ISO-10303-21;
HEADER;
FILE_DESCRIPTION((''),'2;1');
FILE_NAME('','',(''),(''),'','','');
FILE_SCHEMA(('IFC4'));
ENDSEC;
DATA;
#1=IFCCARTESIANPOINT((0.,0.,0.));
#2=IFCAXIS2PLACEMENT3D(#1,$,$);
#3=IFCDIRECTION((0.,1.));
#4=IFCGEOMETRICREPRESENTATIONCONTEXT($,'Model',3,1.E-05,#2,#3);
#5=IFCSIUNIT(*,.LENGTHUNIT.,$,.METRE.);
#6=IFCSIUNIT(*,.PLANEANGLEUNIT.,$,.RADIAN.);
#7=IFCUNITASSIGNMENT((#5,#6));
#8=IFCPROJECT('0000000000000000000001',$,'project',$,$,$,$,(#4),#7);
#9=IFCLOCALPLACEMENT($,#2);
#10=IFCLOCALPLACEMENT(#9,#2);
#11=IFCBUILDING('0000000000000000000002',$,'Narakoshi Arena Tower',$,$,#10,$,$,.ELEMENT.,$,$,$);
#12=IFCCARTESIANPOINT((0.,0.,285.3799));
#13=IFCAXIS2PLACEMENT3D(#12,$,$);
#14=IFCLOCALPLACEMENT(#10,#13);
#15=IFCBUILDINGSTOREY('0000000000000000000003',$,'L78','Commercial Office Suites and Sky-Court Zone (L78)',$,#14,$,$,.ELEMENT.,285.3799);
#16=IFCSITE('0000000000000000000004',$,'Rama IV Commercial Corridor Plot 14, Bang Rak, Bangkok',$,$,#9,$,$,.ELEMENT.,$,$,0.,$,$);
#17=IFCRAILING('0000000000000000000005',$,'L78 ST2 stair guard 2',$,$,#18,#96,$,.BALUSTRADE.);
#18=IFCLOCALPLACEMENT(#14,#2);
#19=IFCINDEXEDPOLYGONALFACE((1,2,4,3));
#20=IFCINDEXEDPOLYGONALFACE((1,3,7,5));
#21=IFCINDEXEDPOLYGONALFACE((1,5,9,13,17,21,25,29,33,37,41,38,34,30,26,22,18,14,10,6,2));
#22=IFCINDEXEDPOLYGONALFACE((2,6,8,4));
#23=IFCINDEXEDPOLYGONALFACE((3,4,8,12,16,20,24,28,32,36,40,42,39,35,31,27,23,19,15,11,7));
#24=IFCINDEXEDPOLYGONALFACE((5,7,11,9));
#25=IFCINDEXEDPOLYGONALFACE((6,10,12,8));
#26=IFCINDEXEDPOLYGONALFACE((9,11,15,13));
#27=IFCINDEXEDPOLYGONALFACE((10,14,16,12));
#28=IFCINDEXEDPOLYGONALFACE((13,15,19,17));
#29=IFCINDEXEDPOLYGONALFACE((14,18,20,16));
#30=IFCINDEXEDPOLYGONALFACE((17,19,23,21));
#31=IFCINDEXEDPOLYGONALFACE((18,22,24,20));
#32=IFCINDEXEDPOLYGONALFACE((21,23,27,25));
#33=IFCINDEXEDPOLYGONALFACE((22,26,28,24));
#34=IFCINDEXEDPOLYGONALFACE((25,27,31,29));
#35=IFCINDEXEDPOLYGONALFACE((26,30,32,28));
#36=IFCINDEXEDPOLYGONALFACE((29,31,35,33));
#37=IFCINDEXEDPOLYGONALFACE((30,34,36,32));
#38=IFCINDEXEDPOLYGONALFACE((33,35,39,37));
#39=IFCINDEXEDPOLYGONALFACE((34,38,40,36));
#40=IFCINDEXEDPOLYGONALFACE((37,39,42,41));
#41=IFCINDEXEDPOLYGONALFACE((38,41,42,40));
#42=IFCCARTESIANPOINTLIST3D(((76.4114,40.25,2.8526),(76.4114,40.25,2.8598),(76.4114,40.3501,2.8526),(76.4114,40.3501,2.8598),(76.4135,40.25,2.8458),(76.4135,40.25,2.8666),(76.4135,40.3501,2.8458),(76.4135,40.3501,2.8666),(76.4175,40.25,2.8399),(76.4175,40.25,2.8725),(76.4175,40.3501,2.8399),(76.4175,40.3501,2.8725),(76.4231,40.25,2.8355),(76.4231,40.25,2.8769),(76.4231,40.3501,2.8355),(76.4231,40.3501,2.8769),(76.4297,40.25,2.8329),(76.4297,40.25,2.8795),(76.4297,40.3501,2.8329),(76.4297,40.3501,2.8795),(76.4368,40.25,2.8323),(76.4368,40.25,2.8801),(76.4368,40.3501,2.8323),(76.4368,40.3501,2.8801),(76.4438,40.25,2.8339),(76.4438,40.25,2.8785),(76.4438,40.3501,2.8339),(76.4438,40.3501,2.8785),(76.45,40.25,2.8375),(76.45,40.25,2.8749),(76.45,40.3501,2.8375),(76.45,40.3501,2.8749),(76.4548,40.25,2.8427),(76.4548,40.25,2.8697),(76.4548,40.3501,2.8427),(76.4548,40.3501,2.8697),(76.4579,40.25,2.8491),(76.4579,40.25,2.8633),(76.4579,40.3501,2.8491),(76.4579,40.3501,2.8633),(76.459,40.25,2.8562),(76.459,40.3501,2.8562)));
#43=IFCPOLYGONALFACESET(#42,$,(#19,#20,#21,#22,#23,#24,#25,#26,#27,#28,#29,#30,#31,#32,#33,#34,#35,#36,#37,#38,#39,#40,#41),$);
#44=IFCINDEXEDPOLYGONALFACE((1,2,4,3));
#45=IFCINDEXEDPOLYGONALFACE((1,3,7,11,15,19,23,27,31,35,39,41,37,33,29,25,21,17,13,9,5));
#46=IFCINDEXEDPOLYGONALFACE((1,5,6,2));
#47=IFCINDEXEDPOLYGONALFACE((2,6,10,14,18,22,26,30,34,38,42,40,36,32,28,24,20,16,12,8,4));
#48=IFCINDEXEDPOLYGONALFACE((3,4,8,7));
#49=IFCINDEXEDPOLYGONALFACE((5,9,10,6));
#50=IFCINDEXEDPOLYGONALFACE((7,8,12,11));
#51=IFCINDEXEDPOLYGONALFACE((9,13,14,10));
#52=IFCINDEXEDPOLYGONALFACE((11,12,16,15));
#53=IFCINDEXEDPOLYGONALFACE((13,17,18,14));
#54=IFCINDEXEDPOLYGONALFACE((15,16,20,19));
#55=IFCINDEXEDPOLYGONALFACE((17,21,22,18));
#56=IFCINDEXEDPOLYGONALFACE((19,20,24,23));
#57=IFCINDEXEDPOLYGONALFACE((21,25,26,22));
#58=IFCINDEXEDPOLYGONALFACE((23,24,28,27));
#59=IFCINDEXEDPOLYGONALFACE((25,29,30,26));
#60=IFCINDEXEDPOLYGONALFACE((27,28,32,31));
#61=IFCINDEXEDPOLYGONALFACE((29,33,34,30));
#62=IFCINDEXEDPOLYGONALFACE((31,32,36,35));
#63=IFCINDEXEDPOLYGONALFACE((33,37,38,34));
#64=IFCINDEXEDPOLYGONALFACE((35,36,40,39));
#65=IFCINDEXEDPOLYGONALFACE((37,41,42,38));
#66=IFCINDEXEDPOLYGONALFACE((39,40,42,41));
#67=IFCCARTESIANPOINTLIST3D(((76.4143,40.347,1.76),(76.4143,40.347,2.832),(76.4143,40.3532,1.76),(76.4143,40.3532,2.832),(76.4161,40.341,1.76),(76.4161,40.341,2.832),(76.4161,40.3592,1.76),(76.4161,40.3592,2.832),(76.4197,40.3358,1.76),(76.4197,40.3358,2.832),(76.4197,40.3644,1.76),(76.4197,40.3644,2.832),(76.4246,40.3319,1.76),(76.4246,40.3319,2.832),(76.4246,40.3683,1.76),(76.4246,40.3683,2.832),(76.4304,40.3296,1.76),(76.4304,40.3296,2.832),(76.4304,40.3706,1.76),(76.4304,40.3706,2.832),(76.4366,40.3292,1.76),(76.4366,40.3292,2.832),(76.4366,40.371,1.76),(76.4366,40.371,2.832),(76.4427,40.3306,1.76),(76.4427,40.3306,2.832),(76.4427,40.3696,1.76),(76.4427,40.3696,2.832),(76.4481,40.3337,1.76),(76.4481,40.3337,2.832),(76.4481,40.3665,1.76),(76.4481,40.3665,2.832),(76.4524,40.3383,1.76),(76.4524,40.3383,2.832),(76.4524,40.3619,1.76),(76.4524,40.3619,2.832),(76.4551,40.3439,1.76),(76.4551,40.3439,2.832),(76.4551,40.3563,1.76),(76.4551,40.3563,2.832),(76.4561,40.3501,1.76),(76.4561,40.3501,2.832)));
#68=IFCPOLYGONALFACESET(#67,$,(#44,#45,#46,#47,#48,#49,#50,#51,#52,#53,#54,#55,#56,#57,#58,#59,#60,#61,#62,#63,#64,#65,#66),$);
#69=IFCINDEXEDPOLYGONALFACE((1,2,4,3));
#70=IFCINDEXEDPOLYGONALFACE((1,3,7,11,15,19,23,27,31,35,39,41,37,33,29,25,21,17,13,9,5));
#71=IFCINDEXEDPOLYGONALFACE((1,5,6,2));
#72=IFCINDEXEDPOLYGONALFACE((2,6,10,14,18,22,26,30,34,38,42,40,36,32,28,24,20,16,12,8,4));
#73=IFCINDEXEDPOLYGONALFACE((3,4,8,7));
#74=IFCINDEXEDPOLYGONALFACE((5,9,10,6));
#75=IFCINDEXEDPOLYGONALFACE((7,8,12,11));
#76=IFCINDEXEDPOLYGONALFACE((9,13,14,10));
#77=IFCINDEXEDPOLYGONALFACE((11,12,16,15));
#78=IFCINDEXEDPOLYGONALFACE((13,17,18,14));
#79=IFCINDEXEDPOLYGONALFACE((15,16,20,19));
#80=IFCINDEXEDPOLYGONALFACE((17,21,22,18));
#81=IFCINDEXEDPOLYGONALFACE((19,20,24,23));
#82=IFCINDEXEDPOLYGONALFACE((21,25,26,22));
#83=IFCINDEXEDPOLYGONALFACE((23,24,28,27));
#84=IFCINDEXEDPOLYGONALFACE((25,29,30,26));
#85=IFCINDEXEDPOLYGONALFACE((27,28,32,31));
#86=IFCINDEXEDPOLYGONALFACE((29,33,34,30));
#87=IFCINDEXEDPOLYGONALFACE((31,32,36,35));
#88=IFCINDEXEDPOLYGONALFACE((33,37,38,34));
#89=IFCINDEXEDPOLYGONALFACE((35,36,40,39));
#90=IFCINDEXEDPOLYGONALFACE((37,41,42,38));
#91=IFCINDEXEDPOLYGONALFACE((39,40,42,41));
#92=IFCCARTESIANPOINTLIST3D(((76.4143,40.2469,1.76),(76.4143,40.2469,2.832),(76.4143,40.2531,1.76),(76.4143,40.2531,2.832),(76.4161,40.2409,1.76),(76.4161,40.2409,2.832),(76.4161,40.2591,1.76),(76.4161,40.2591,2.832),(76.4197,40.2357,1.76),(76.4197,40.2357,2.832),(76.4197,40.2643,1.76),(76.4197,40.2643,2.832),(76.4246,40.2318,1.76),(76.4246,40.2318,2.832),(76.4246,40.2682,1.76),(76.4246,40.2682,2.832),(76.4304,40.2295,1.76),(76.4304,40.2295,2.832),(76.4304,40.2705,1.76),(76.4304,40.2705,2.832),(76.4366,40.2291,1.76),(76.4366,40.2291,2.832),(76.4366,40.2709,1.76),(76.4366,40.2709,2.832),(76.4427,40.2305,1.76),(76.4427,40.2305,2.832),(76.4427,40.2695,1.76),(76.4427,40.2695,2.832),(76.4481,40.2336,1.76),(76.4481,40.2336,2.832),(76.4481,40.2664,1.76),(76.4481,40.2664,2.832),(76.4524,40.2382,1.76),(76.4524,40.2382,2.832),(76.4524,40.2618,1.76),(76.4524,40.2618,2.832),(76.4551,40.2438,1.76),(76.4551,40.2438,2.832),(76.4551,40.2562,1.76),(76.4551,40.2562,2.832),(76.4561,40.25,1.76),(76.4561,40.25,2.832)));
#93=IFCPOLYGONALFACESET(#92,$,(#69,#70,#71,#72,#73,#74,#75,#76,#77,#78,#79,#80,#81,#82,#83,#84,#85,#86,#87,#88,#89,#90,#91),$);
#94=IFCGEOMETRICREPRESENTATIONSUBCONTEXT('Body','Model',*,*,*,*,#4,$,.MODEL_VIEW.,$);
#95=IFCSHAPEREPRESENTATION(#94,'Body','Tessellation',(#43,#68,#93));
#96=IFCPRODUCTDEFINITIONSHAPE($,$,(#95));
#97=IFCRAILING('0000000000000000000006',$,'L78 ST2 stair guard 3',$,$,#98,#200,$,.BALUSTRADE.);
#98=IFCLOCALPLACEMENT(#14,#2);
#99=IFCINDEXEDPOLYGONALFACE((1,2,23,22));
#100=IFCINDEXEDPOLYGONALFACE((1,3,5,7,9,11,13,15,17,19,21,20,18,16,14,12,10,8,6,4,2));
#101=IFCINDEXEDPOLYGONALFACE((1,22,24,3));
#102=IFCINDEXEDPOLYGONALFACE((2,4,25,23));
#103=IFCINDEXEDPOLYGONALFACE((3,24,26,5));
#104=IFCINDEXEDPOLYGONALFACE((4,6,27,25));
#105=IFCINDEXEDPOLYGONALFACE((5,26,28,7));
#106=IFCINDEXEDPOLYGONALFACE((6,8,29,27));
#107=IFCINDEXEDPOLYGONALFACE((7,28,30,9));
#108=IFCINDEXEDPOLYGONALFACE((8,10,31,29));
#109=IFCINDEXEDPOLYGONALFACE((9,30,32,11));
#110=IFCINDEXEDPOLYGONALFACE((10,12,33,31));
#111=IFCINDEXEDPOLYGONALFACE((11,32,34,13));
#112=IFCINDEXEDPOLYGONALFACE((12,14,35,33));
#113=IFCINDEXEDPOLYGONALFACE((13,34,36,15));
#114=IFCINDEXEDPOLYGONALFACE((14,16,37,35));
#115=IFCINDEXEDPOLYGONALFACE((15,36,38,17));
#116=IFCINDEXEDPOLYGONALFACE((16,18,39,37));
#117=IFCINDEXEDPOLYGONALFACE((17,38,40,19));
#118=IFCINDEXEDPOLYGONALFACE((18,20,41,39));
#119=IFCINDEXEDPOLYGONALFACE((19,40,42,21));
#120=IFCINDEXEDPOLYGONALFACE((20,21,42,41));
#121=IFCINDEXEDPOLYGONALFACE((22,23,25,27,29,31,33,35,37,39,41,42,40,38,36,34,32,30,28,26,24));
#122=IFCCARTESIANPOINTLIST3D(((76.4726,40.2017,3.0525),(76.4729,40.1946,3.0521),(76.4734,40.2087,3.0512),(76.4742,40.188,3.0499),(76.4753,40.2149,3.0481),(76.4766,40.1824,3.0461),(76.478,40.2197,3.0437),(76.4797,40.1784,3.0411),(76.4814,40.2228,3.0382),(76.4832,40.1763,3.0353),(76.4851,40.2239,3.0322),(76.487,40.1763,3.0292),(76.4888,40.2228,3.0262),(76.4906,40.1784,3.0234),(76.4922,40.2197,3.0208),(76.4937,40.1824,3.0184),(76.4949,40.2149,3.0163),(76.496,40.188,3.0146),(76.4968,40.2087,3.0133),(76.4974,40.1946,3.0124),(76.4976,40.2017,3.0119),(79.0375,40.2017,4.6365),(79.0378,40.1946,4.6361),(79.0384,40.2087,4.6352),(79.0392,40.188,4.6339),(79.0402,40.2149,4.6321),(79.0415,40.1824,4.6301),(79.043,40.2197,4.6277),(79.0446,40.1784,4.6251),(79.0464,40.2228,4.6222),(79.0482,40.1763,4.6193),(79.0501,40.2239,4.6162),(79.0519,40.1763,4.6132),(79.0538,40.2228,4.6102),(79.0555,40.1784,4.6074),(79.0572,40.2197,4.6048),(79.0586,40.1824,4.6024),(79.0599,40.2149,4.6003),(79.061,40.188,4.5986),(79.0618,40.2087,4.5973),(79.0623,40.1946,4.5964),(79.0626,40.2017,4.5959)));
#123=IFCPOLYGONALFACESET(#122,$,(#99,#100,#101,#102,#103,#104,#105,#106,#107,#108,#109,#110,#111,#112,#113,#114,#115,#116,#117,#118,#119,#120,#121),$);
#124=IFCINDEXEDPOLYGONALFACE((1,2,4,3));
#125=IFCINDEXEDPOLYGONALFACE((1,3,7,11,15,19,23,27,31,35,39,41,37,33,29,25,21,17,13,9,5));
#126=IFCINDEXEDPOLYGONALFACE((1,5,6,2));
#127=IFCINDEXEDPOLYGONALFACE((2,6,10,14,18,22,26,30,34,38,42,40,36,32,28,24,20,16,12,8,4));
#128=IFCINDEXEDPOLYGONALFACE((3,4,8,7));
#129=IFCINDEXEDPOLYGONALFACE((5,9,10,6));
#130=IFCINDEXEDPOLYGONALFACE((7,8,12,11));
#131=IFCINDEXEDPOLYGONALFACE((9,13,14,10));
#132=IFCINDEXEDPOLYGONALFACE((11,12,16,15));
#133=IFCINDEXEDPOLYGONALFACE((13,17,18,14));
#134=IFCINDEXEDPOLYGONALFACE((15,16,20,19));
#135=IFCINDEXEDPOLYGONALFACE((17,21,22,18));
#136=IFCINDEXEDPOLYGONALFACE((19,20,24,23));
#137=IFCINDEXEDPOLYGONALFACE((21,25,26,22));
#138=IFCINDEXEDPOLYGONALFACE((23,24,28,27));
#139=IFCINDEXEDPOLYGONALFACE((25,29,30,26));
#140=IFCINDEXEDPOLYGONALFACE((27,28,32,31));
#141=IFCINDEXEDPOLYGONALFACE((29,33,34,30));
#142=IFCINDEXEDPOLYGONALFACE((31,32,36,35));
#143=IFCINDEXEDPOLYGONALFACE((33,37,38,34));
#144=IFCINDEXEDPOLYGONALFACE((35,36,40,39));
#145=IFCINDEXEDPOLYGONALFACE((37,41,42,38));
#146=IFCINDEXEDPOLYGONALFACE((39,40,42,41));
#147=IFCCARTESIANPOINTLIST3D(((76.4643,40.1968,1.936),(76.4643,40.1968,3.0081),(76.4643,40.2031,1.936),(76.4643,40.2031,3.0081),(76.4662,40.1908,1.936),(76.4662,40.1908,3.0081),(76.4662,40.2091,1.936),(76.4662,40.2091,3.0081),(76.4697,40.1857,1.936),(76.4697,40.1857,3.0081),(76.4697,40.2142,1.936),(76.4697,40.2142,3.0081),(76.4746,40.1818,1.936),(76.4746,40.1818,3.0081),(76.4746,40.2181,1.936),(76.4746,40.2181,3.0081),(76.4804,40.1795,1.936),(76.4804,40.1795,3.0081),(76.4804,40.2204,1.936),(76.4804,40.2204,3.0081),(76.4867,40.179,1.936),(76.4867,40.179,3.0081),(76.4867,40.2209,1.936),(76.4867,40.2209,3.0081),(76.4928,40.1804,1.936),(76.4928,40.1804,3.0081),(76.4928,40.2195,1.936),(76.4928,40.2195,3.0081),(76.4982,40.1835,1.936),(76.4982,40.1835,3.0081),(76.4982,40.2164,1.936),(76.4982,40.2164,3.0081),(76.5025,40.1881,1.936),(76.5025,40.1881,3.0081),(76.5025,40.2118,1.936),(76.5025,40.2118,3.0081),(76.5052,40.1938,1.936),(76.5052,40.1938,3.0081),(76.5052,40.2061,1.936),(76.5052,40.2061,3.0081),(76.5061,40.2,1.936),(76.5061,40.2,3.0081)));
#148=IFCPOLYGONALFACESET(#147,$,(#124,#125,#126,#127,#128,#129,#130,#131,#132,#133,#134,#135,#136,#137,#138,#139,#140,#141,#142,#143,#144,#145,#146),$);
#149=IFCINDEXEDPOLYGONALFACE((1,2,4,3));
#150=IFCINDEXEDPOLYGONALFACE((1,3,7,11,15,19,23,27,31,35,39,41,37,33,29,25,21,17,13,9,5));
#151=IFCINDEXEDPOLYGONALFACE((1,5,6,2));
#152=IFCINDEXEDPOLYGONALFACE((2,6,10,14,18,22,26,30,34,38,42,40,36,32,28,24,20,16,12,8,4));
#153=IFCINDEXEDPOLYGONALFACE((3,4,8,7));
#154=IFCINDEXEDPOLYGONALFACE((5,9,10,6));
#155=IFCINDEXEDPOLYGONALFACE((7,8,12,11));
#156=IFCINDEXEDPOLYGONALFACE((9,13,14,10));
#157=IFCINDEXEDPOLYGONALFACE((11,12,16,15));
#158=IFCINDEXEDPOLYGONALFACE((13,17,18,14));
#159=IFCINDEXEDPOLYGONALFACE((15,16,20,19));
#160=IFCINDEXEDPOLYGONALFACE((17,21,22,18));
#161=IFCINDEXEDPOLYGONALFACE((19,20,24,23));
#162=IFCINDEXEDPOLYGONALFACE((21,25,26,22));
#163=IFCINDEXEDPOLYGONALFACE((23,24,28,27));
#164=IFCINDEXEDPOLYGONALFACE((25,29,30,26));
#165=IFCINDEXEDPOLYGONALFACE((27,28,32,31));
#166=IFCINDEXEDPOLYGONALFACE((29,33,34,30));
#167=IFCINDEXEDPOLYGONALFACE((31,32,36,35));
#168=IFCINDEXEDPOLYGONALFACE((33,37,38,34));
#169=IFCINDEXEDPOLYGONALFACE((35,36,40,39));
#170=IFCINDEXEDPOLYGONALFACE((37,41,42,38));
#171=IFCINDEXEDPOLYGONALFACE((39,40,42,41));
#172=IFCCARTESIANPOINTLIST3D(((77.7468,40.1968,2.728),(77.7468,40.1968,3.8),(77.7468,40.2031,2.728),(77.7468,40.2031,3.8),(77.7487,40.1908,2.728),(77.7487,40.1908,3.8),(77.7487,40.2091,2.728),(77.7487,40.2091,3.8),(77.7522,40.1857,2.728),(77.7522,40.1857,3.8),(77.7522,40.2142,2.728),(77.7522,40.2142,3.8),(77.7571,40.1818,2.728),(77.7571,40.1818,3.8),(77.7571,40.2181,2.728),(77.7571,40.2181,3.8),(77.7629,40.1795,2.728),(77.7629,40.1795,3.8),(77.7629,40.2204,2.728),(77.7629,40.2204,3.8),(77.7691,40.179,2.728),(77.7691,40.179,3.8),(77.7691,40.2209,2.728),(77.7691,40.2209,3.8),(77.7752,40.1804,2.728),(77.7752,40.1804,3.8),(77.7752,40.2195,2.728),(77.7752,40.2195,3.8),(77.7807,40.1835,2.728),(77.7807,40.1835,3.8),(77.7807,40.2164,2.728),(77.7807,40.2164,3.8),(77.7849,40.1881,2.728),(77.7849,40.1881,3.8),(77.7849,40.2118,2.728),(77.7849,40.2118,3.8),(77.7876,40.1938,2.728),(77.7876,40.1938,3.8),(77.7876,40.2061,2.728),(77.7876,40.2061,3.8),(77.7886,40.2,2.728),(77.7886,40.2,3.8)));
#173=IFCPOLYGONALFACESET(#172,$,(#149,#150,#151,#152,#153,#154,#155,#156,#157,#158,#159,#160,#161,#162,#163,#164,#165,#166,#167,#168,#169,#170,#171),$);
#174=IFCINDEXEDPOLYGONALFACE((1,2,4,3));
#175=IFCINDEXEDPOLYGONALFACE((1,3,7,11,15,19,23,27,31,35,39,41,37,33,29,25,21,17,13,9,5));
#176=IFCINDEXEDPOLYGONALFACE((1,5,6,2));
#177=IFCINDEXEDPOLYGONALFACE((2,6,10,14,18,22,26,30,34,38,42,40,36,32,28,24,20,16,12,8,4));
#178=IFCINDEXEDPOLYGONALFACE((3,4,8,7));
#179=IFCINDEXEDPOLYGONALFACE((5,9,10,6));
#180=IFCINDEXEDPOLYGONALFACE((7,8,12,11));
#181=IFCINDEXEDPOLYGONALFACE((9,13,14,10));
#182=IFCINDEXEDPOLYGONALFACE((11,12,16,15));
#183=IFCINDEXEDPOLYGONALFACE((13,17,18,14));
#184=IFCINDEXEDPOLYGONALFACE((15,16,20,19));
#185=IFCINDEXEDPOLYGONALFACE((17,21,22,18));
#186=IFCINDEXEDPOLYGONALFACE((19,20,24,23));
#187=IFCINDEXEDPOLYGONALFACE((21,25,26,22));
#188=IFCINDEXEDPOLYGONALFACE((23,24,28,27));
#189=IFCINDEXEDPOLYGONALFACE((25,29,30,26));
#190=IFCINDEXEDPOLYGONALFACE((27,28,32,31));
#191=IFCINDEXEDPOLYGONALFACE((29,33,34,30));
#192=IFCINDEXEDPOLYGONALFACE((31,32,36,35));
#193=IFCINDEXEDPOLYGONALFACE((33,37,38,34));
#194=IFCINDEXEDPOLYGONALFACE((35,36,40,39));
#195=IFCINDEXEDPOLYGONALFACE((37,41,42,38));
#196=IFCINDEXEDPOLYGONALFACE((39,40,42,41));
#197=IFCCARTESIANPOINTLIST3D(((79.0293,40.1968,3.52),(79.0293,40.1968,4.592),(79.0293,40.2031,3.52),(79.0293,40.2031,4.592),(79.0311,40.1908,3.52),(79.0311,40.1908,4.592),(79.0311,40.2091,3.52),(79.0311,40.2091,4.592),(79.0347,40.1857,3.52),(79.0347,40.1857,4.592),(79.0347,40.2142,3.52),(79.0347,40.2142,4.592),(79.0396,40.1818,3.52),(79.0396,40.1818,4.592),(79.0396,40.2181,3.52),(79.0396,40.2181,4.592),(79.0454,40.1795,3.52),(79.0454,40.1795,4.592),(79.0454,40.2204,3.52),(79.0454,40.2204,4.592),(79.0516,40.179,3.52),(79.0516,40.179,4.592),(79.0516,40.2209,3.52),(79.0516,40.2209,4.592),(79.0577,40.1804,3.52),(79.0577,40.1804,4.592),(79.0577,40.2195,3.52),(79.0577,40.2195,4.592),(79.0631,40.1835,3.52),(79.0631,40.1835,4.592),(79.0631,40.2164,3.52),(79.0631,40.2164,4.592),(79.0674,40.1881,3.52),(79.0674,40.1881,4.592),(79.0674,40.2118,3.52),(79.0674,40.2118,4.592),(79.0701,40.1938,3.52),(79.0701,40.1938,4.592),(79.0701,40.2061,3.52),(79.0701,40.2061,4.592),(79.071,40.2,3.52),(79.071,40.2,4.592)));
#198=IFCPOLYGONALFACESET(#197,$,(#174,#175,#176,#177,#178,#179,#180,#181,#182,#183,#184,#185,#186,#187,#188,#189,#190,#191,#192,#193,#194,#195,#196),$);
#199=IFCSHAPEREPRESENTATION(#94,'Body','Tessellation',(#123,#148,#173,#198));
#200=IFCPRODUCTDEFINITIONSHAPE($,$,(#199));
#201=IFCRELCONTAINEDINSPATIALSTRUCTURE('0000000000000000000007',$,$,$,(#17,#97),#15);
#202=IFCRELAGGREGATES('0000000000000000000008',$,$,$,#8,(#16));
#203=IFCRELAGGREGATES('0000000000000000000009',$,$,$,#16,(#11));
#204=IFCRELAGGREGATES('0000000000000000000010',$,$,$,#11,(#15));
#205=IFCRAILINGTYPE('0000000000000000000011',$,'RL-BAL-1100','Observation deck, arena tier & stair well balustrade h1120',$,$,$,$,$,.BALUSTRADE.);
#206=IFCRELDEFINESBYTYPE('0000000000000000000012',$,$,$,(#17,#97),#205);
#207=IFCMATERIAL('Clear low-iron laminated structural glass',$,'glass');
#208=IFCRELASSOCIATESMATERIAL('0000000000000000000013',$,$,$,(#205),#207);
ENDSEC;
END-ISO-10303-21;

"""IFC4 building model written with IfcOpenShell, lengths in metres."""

from ifc_helpers import new_model, si_unit, direction, frame, origin, origin_2d, place, context, subcontext, project, spatial, circle, extrude, material, type_object, element, save


model = new_model("IFC4")

# Units and contexts
model_context = context("Model", 3, precision=1e-05, world=origin(), true_north=direction((0.0, 1.0)))
body_context = subcontext(model_context, "Body", "Model", "MODEL_VIEW")
ifc_project = project(units=[si_unit("LENGTHUNIT", "METRE"), si_unit("PLANEANGLEUNIT", "RADIAN")], contexts=[model_context])

# Site, building, storey
site_placement = place(None, origin())
site = spatial("IfcSite", under=ifc_project, at=site_placement, Name="Rama IV Commercial Corridor Plot 14, Bang Rak, Bangkok", CompositionType="ELEMENT", RefElevation=0.0)
building_placement = place(site_placement, origin())
building = spatial("IfcBuilding", under=site, at=building_placement, Name="Narakoshi Arena Tower", CompositionType="ELEMENT")
storey_placement = place(building_placement, frame((0.0, 0.0, 285.3799)))
storey = spatial("IfcBuildingStorey", under=building, at=storey_placement, Name="L78", Description="Commercial Office Suites and Sky-Court Zone (L78)", CompositionType="ELEMENT", Elevation=285.3799)

# Railings
ifc_material_1 = material(Name="Clear low-iron laminated structural glass", Category="glass")
railing_type_1 = type_object("IfcRailingType", Name="RL-BAL-1100", Description="Observation deck, arena tier & stair well balustrade h1120", PredefinedType="BALUSTRADE", material=ifc_material_1)
railing_1_placement = place(storey_placement, frame((76.4351, 40.3501, 1.76)))
element("IfcRailing", 1, at=railing_1_placement, inside=storey, type_object=railing_type_1, Name="L78 ST2 stair guard 2", PredefinedType="BALUSTRADE", context=body_context, shape_type="SweptSolid", body=[
    extrude(circle(Radius=0.0239, at=origin_2d()), frame((0.0, 0.0, 1.0962), z_axis=(0.0, -1.0, 0.0), x_axis=(1.0, 0.0, 0.0)), (0.0, 0.0, 1.0), 0.1001),
    extrude(circle(Radius=0.021, at=origin_2d()), origin(), (0.0, 0.0, 1.0), 1.072),
    extrude(circle(Radius=0.021, at=origin_2d()), frame((0.0, -0.1001, 0.0)), (0.0, 0.0, 1.0), 1.072),
])
railing_2_placement = place(storey_placement, frame((76.4851, 40.2, 1.936)))
element("IfcRailing", 2, at=railing_2_placement, inside=storey, type_object=railing_type_1, Name="L78 ST2 stair guard 3", PredefinedType="BALUSTRADE", context=body_context, shape_type="SweptSolid", body=[
    extrude(circle(Radius=0.0239, at=origin_2d()), frame((0.0, 0.0, 1.0962), z_axis=(0.850834, 0.0, 0.525434), x_axis=(0.0, 1.0, 0.0)), (0.0, 0.0, 1.0), 3.0146),
    extrude(circle(Radius=0.021, at=origin_2d()), origin(), (0.0, 0.0, 1.0), 1.072),
    extrude(circle(Radius=0.021, at=origin_2d()), frame((1.2825, 0.0, 0.792)), (0.0, 0.0, 1.0), 1.072),
    extrude(circle(Radius=0.021, at=origin_2d()), frame((2.5649, 0.0, 1.584)), (0.0, 0.0, 1.0), 1.072),
])

save(model, "model.ifc")
